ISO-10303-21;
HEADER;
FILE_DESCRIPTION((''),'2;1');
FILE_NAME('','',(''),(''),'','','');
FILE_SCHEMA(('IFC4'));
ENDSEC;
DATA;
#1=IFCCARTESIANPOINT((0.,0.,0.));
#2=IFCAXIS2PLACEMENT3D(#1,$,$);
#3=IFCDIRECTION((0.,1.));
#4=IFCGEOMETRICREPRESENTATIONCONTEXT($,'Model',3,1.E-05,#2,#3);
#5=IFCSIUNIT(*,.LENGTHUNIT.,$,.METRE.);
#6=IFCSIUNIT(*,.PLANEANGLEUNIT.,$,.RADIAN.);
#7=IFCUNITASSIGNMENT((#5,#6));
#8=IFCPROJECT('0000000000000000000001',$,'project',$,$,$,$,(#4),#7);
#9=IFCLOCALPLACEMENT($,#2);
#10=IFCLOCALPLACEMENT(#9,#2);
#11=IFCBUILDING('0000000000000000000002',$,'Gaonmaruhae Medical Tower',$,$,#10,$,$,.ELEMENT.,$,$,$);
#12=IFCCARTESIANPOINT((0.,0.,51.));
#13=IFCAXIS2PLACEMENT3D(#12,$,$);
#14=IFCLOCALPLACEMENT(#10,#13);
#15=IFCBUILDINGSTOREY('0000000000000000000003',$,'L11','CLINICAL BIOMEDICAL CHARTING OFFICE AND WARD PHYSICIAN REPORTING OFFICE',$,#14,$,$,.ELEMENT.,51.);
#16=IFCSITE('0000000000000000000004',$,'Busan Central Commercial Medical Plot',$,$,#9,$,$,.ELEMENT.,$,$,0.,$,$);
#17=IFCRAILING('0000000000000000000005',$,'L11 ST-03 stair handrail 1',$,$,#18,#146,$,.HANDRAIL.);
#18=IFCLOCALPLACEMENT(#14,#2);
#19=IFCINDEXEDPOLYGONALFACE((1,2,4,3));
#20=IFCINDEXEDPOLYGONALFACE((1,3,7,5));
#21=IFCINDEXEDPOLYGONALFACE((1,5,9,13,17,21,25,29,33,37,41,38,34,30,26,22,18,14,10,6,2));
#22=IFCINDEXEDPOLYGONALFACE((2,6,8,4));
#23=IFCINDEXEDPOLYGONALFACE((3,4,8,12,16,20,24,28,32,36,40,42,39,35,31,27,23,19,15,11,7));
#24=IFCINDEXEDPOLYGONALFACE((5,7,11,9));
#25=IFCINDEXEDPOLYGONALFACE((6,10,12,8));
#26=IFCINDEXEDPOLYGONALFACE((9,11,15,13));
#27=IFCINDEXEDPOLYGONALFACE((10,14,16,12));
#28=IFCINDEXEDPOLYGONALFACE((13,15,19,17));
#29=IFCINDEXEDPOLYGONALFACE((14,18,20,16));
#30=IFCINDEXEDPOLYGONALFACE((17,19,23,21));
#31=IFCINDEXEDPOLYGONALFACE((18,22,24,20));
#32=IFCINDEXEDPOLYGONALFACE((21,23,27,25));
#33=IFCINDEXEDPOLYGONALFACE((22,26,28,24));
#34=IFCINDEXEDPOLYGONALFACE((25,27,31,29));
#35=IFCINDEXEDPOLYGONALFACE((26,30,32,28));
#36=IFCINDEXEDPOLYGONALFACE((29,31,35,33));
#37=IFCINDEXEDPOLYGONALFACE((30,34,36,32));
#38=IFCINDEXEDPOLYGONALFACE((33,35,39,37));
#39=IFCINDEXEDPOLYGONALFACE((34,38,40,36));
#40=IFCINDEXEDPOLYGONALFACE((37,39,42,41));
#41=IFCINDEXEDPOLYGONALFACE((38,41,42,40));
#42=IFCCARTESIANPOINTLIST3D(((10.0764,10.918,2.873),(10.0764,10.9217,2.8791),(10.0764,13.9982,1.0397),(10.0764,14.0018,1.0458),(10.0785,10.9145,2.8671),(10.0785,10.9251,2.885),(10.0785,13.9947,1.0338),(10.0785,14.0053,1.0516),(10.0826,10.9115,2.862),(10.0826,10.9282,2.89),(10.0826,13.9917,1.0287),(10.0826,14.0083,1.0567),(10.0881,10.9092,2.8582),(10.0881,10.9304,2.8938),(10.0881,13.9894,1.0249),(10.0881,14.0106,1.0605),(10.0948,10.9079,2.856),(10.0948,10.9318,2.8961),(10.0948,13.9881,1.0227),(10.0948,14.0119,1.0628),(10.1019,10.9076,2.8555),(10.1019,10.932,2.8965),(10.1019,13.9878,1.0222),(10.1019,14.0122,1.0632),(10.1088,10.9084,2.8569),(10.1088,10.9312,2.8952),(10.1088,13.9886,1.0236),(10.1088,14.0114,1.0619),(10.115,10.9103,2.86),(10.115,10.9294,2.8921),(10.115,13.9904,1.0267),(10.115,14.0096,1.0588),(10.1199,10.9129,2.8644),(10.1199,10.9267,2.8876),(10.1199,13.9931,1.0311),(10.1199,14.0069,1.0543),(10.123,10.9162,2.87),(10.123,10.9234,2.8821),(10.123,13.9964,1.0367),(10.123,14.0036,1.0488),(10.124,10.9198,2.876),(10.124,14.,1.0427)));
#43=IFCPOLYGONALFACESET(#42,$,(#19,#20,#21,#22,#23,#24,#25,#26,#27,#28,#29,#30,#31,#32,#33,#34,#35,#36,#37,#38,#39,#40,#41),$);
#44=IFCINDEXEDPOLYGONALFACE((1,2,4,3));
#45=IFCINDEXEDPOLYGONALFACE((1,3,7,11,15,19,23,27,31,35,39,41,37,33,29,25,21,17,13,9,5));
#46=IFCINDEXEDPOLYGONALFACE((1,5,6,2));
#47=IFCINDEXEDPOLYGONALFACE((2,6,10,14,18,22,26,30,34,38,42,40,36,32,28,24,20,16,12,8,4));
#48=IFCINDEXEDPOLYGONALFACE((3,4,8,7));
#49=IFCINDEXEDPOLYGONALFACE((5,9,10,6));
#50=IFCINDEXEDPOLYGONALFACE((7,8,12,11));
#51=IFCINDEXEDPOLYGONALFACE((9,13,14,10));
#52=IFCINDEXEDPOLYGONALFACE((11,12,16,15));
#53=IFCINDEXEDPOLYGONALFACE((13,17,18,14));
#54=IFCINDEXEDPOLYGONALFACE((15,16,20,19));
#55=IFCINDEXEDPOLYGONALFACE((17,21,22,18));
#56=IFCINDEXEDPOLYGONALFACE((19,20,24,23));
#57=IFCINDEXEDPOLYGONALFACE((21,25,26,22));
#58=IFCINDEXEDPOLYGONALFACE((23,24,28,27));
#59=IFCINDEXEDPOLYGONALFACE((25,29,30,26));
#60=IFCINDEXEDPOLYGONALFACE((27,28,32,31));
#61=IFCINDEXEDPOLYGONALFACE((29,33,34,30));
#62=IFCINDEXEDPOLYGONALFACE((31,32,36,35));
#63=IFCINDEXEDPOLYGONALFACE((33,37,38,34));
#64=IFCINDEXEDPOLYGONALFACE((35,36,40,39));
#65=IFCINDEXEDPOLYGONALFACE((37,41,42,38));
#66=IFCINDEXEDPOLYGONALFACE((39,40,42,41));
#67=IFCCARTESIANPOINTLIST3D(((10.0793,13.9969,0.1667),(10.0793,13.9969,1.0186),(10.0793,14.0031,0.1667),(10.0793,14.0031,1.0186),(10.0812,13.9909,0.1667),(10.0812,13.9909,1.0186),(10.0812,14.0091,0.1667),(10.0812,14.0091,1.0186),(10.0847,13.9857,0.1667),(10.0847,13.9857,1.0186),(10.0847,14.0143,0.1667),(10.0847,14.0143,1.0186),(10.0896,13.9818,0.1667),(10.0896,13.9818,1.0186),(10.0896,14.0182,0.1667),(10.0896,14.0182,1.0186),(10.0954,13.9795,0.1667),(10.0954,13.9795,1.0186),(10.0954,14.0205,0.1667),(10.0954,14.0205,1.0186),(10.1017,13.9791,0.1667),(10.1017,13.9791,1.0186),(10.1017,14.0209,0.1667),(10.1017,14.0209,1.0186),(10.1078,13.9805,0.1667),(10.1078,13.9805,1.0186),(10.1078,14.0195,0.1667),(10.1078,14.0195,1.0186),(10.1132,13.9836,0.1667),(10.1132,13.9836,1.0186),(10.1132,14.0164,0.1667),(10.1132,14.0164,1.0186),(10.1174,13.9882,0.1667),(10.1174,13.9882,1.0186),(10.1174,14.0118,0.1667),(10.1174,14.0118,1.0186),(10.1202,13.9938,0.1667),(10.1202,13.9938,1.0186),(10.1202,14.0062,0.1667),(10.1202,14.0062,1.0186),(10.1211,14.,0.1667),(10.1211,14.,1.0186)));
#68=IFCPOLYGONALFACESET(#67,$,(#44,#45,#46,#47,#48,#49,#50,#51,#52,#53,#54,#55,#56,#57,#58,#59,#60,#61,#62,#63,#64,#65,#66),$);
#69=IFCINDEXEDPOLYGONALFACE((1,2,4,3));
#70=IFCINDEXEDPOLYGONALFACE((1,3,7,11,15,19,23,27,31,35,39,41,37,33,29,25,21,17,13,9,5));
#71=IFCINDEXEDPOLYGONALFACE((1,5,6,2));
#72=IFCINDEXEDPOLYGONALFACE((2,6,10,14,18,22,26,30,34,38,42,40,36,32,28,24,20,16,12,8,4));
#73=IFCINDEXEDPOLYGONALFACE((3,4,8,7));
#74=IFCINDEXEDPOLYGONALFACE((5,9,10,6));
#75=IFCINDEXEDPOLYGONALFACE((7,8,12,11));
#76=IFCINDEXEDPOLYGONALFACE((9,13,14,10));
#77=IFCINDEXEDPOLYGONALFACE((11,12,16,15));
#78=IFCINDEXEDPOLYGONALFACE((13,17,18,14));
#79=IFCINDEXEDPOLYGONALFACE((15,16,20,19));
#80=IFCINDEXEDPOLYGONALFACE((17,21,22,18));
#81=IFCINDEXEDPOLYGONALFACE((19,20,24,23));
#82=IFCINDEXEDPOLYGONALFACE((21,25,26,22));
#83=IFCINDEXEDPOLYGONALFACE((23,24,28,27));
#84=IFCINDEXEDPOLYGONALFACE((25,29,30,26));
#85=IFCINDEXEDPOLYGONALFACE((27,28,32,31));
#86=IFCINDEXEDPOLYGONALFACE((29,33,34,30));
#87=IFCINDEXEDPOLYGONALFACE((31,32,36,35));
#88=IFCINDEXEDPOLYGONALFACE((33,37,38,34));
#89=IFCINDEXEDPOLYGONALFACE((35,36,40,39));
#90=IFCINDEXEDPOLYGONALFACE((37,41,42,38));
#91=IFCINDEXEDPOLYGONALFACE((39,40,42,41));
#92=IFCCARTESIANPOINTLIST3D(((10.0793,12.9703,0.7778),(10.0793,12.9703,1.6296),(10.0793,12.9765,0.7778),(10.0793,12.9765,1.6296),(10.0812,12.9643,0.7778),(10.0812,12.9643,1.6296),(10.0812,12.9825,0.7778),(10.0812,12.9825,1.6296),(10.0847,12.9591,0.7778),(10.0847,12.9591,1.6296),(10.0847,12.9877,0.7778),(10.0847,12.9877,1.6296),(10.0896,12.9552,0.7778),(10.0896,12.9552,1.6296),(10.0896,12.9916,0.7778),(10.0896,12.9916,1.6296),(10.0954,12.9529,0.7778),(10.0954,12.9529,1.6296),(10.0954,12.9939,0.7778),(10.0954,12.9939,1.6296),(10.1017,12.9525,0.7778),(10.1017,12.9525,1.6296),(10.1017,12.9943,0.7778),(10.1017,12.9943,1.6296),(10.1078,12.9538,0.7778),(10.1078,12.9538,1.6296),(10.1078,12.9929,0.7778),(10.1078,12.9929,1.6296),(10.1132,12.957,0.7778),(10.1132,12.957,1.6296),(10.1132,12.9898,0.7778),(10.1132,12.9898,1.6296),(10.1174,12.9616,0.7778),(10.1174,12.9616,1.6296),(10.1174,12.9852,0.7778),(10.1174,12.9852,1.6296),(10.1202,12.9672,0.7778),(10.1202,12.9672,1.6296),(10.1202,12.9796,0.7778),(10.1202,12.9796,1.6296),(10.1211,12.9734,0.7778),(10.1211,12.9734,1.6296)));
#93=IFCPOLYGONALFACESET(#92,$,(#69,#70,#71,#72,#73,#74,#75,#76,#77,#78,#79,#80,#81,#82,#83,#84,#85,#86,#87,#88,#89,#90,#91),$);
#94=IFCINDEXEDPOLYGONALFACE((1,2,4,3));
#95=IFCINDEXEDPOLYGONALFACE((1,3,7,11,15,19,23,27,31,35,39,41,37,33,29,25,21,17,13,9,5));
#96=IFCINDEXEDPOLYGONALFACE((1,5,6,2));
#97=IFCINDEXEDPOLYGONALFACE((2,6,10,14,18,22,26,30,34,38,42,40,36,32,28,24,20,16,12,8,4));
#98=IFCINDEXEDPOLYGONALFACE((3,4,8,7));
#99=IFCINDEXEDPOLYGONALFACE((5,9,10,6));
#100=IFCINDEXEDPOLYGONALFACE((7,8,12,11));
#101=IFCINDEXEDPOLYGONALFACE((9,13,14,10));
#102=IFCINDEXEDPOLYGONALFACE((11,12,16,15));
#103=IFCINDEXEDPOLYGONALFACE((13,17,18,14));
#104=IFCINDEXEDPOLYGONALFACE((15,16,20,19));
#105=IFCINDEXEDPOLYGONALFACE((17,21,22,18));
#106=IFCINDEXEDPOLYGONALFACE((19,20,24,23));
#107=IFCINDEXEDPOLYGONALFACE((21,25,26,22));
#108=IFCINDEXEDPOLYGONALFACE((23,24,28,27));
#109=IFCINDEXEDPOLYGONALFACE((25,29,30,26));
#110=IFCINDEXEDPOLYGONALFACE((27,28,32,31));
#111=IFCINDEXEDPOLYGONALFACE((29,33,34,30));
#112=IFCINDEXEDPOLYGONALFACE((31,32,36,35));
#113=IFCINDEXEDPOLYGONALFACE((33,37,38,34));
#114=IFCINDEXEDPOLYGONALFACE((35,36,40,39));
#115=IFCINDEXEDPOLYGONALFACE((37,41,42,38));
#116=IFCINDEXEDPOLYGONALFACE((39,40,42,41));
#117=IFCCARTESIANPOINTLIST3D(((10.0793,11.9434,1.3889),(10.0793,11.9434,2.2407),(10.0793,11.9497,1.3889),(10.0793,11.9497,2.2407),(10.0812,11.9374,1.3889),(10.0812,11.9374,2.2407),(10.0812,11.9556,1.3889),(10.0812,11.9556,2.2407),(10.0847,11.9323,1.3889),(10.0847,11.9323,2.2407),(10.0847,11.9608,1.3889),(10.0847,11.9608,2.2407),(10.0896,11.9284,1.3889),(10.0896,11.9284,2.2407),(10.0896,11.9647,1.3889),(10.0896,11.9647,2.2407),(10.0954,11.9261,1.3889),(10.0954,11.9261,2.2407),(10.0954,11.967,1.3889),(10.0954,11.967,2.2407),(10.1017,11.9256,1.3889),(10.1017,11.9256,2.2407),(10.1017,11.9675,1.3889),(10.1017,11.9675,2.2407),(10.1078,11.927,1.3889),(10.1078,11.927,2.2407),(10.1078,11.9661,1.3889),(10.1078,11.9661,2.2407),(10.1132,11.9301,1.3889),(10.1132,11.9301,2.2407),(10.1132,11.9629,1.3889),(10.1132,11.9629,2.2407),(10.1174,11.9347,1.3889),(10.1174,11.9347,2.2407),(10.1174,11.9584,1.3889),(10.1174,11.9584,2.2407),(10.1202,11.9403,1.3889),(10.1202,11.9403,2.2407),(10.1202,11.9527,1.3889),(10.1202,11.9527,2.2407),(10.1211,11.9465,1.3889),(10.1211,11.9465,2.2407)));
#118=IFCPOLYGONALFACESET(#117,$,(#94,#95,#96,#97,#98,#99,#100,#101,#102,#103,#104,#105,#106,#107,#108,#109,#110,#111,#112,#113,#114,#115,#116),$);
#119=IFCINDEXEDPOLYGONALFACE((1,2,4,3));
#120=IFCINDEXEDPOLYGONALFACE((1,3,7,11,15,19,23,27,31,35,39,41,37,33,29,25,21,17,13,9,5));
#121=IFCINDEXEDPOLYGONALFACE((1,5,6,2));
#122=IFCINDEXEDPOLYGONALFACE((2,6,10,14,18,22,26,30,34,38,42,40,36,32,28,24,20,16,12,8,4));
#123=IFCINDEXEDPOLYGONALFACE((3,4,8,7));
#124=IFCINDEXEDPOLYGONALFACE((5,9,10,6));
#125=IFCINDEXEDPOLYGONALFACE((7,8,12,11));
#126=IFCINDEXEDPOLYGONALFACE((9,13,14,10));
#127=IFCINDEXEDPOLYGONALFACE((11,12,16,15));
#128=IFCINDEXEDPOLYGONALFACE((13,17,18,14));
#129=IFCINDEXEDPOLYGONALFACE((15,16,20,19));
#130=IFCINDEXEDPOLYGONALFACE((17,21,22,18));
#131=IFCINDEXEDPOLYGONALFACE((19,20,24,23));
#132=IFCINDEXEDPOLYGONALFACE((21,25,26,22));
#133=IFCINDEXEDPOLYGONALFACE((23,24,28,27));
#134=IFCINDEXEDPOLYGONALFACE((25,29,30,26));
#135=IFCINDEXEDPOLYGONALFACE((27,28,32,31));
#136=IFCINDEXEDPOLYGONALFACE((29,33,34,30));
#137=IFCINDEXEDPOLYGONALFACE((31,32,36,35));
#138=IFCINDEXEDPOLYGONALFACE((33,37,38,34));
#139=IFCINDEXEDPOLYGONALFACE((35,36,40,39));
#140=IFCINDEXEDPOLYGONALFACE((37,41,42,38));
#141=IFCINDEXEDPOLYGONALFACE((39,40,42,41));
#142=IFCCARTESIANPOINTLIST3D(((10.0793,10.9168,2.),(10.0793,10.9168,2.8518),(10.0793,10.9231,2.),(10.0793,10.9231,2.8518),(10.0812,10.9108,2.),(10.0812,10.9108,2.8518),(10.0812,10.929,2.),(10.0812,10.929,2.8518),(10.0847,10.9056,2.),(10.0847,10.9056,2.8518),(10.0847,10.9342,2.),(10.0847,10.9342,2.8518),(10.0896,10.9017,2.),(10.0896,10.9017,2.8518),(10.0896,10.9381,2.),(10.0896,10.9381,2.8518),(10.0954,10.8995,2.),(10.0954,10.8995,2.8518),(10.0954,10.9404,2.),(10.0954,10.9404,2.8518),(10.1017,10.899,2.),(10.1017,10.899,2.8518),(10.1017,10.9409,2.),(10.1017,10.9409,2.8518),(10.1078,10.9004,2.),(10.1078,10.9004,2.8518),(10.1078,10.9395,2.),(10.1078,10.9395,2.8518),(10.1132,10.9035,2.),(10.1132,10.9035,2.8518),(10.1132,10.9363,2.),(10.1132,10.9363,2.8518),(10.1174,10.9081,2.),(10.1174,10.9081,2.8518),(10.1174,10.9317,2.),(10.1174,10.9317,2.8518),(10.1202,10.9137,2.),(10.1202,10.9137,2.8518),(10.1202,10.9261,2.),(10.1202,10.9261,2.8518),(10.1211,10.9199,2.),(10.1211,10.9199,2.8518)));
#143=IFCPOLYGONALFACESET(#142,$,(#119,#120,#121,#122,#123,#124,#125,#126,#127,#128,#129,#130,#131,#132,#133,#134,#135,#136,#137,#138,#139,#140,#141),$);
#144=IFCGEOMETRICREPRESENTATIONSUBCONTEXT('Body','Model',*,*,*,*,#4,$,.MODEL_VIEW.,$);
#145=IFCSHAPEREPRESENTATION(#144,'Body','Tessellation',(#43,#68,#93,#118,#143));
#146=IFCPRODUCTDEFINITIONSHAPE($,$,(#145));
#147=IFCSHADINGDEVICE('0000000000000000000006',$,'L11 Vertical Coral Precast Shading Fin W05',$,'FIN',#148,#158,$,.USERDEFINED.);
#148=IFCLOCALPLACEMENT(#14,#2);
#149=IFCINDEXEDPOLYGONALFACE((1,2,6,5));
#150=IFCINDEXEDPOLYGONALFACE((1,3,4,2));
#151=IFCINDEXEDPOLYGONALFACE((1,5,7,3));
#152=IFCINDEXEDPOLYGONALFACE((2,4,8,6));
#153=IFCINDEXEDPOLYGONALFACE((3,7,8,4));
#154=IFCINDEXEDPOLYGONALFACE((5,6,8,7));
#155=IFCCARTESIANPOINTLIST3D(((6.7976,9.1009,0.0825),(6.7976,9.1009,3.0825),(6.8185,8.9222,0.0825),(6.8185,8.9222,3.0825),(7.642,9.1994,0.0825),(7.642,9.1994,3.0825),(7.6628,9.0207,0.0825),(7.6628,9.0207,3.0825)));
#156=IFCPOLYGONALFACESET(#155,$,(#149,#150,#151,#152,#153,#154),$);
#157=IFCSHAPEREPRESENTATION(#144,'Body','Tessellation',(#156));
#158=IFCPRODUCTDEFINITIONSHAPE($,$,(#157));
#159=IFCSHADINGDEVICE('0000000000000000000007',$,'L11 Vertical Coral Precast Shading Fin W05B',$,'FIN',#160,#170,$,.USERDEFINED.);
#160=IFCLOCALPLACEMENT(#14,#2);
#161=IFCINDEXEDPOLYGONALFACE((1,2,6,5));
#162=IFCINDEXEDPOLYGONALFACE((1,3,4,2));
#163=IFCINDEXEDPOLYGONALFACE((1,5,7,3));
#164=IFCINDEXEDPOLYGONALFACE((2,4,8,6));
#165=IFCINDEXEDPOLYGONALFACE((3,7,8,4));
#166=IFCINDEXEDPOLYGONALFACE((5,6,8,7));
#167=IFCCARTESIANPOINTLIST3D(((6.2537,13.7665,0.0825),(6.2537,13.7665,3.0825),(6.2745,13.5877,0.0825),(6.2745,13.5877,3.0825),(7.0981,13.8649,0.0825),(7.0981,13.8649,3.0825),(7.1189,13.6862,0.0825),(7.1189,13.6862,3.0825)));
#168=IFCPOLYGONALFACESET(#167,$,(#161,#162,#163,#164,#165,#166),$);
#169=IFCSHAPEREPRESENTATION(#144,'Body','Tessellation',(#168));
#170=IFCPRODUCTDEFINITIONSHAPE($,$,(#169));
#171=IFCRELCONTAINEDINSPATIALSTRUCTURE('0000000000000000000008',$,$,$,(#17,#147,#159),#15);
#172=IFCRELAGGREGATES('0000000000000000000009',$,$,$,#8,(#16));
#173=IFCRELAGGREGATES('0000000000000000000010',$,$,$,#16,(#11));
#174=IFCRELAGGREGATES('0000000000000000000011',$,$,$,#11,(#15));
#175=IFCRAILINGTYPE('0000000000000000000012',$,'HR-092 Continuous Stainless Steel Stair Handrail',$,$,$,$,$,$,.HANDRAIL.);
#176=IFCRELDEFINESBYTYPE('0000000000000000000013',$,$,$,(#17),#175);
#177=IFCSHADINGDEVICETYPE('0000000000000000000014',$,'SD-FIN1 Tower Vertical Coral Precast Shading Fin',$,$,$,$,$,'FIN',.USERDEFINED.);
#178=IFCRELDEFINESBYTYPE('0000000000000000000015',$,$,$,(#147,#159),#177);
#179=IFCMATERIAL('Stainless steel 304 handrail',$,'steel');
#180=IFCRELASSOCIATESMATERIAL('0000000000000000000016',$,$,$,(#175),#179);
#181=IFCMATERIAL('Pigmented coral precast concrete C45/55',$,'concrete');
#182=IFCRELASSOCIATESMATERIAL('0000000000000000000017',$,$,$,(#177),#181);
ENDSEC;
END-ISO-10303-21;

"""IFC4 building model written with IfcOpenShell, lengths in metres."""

from ifc_helpers import new_model, si_unit, direction, frame, origin, origin_2d, place, context, subcontext, project, spatial, rectangle, circle, extrude, material, type_object, element, save


model = new_model("IFC4")

# Units and contexts
model_context = context("Model", 3, precision=1e-05, world=origin(), true_north=direction((0.0, 1.0)))
body_context = subcontext(model_context, "Body", "Model", "MODEL_VIEW")
ifc_project = project(units=[si_unit("LENGTHUNIT", "METRE"), si_unit("PLANEANGLEUNIT", "RADIAN")], contexts=[model_context])

# Site, building, storey
site_placement = place(None, origin())
site = spatial("IfcSite", under=ifc_project, at=site_placement, Name="Busan Central Commercial Medical Plot", CompositionType="ELEMENT", RefElevation=0.0)
building_placement = place(site_placement, origin())
building = spatial("IfcBuilding", under=site, at=building_placement, Name="Gaonmaruhae Medical Tower", CompositionType="ELEMENT")
storey_placement = place(building_placement, frame((0.0, 0.0, 51.0)))
storey = spatial("IfcBuildingStorey", under=building, at=storey_placement, Name="L11", Description="CLINICAL BIOMEDICAL CHARTING OFFICE AND WARD PHYSICIAN REPORTING OFFICE", CompositionType="ELEMENT", Elevation=51.0)

# Railing
ifc_material_1 = material(Name="Stainless steel 304 handrail", Category="steel")
railing_type_1 = type_object("IfcRailingType", Name="HR-092 Continuous Stainless Steel Stair Handrail", PredefinedType="HANDRAIL", material=ifc_material_1)
railing_1_placement = place(storey_placement, frame((10.1001, 14.0, 0.1667)))
element("IfcRailing", 1, at=railing_1_placement, inside=storey, type_object=railing_type_1, Name="L11 ST-03 stair handrail 1", PredefinedType="HANDRAIL", context=body_context, shape_type="SweptSolid", body=[
    extrude(circle(Radius=0.0239, at=origin_2d()), frame((0.0, 0.0, 0.876), z_axis=(0.0, -0.859309, 0.511458), x_axis=(1.0, 0.0, 0.0)), (0.0, 0.0, 1.0), 3.5845),
    extrude(circle(Radius=0.021, at=origin_2d()), origin(), (0.0, 0.0, 1.0), 0.8518),
    extrude(circle(Radius=0.021, at=origin_2d()), frame((0.0, -1.0266, 0.6111)), (0.0, 0.0, 1.0), 0.8518),
    extrude(circle(Radius=0.021, at=origin_2d()), frame((0.0, -2.0535, 1.2222)), (0.0, 0.0, 1.0), 0.8518),
    extrude(circle(Radius=0.021, at=origin_2d()), frame((0.0, -3.0801, 1.8333)), (0.0, 0.0, 1.0), 0.8518),
])

# Shading devices
ifc_material_2 = material(Name="Pigmented coral precast concrete C45/55", Category="concrete")
shading_device_type = type_object("IfcShadingDeviceType", Name="SD-FIN1 Tower Vertical Coral Precast Shading Fin", ElementType="FIN", PredefinedType="USERDEFINED", material=ifc_material_2)
for number, where, z_axis, x_axis, name in (
    (2, (7.2302, 9.0608, 0.0825), (0.0, 0.0, 1.0), (-0.115804, 0.993272, 0.0), "L11 Vertical Coral Precast Shading Fin W05"),
    (3, (6.6863, 13.7263, 0.0825), (0.0, 0.0, 1.0), (-0.115804, 0.993272, 0.0), "L11 Vertical Coral Precast Shading Fin W05B"),
):
    element("IfcShadingDevice", number, at=place(storey_placement, frame(where, z_axis=z_axis, x_axis=x_axis)), inside=storey, type_object=shading_device_type, Name=name, ObjectType="FIN", PredefinedType="USERDEFINED", context=body_context, shape_type="SweptSolid", body=[
        extrude(rectangle(XDim=0.1799, YDim=0.8501, at=origin_2d()), origin(), (0.0, 0.0, 1.0), 3.0),
    ])

save(model, "model.ifc")
